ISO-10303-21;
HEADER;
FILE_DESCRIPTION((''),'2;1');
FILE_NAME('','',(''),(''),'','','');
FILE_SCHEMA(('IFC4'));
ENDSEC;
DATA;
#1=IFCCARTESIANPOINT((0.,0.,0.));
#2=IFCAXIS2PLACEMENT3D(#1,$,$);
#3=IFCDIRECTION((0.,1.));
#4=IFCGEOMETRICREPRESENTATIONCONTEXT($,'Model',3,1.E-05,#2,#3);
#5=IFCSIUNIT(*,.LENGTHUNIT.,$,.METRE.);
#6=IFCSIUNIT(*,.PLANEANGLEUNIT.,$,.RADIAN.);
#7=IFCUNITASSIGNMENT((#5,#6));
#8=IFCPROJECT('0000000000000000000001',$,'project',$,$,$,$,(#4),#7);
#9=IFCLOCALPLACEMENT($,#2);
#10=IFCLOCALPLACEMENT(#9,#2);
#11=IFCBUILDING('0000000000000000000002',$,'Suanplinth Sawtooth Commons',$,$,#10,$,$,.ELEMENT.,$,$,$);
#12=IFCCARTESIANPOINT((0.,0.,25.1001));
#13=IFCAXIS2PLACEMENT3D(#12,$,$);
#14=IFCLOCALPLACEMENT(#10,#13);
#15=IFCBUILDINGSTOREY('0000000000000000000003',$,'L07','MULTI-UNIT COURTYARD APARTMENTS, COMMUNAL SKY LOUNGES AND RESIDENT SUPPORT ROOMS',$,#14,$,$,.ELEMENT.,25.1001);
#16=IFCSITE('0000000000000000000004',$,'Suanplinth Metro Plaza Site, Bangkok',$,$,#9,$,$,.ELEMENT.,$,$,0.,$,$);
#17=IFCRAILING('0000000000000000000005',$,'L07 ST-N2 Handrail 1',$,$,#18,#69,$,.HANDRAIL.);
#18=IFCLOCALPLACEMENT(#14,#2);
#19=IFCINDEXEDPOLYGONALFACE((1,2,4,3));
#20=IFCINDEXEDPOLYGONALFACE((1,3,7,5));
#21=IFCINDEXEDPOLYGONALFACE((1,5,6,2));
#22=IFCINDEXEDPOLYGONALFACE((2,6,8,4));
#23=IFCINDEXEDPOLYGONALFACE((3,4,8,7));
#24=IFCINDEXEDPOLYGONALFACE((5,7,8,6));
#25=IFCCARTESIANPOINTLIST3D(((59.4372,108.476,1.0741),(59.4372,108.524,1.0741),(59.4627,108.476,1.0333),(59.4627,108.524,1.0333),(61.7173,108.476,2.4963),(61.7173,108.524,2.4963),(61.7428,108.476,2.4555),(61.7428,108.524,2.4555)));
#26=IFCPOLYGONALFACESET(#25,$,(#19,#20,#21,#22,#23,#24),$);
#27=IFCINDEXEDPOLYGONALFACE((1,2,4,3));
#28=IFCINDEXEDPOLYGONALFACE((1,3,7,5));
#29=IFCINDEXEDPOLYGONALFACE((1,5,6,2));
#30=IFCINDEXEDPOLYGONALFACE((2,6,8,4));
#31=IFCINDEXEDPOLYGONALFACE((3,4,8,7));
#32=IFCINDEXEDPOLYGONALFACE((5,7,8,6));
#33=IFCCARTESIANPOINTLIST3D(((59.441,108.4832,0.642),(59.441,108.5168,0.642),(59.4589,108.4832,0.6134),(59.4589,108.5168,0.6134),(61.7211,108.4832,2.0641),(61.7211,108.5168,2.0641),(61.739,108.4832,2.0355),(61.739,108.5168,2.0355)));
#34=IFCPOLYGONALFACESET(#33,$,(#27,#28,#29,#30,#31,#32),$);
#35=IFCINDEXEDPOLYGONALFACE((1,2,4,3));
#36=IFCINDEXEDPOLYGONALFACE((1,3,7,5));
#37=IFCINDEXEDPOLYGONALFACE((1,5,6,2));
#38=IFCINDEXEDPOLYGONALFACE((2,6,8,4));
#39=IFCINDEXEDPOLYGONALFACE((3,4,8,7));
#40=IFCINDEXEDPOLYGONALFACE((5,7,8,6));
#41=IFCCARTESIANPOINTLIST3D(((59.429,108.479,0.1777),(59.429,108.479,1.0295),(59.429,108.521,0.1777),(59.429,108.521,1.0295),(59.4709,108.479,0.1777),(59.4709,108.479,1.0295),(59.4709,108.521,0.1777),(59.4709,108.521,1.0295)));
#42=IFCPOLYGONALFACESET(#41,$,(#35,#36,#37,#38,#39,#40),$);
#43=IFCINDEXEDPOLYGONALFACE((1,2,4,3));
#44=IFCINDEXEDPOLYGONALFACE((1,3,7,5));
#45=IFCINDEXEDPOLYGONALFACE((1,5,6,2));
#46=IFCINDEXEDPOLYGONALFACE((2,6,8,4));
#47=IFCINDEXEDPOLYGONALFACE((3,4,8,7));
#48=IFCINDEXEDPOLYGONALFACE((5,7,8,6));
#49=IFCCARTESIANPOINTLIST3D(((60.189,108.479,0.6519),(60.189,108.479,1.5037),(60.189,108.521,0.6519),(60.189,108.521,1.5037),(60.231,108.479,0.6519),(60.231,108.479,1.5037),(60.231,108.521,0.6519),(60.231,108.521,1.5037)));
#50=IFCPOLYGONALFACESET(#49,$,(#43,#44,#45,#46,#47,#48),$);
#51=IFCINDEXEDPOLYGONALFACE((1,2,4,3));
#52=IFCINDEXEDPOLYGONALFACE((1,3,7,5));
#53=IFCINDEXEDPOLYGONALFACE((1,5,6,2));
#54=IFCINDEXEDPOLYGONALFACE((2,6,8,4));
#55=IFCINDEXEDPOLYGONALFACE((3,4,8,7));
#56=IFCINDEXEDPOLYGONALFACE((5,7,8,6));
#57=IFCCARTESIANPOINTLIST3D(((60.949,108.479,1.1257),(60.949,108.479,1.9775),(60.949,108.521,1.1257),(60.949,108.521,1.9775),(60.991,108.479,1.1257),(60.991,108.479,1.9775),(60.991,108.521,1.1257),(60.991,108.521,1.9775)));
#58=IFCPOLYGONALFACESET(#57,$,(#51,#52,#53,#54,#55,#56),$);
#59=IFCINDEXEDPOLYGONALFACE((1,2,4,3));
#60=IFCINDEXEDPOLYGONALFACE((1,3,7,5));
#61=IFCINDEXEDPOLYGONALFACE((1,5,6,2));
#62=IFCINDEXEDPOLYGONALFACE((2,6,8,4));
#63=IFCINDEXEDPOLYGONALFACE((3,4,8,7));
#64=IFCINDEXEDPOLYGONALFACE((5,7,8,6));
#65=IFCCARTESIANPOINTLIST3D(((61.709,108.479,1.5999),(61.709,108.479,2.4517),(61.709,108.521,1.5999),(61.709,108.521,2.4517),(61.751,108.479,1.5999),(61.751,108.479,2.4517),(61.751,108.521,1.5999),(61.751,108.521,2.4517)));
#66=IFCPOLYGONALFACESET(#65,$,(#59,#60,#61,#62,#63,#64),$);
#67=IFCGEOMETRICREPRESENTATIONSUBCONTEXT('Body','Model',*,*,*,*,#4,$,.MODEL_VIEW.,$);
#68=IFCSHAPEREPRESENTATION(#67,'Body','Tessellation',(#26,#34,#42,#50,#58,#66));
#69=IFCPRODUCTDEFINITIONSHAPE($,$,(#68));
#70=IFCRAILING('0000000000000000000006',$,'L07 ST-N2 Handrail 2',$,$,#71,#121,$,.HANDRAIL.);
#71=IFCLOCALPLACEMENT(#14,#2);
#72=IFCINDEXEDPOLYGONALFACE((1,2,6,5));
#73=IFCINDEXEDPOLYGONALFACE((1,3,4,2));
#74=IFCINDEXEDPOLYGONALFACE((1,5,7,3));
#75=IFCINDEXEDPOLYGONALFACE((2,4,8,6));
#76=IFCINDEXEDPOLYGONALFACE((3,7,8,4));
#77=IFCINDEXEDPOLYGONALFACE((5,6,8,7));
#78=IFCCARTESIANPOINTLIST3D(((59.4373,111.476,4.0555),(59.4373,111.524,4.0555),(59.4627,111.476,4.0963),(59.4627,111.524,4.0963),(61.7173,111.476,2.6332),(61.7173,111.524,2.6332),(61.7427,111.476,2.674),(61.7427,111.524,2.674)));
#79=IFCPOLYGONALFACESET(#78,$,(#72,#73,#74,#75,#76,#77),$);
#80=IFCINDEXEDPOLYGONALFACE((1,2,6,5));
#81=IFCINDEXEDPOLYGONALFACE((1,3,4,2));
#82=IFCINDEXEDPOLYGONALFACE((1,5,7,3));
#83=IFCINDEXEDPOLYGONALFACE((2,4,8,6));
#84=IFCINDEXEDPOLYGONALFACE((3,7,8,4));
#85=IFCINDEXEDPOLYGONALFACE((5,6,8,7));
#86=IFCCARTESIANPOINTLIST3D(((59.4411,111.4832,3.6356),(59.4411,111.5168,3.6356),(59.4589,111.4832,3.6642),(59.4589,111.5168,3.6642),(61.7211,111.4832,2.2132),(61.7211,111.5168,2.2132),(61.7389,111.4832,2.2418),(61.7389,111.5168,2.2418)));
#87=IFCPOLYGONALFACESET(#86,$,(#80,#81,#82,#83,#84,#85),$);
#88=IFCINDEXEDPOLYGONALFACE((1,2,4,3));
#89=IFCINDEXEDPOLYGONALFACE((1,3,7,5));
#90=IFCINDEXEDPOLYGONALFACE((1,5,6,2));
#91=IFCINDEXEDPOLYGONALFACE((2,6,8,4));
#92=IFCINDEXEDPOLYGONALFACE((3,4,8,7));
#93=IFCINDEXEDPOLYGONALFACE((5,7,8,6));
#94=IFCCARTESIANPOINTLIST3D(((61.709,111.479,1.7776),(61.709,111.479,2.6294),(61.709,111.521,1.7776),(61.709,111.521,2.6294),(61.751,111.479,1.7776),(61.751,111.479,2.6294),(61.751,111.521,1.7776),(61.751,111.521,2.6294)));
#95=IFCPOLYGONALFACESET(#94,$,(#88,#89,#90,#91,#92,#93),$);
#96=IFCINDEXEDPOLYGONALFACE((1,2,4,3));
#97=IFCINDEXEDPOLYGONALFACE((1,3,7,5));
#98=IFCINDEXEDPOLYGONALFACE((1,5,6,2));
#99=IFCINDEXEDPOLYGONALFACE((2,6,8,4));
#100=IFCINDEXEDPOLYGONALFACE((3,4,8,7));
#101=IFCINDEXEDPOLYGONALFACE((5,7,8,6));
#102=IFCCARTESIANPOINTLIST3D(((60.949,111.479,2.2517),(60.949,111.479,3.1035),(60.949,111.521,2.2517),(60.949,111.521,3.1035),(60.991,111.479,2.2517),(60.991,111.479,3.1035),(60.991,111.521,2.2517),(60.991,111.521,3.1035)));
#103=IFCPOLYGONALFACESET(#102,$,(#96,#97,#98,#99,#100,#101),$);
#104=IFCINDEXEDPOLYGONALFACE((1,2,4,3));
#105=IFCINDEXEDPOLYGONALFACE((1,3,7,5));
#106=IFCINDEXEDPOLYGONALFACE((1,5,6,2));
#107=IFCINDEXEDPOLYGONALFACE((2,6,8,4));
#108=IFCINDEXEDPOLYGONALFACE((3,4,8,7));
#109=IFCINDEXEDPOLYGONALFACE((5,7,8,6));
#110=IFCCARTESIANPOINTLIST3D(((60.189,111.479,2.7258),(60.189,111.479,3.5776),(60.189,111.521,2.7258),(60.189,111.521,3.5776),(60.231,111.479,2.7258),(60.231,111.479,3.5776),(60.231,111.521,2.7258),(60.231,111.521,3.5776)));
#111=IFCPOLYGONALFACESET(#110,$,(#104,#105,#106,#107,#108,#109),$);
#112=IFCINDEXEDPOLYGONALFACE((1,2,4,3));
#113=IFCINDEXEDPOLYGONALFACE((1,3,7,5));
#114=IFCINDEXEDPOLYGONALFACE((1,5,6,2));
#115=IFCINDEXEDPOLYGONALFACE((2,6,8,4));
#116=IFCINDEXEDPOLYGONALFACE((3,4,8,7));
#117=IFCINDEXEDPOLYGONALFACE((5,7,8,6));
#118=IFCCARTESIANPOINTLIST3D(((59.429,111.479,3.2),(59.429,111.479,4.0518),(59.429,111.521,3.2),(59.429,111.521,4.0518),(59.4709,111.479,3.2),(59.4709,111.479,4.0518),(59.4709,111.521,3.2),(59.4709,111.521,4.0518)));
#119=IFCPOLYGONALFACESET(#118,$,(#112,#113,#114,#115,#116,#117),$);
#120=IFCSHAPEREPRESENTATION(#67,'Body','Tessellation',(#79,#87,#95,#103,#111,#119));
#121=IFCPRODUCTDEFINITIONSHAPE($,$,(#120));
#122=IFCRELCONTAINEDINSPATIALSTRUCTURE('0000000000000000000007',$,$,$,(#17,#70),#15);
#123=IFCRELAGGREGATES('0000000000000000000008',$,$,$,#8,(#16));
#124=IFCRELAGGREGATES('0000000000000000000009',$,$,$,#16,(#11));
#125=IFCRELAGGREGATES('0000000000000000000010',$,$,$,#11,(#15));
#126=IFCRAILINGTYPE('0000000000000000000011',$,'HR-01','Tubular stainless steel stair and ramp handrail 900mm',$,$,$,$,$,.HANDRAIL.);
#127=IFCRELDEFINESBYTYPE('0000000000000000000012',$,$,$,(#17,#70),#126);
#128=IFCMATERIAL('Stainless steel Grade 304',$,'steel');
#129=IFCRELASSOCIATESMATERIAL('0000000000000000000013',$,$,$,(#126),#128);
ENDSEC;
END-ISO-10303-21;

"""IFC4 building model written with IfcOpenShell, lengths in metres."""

from ifc_helpers import new_model, si_unit, direction, frame, origin, origin_2d, place, context, subcontext, project, spatial, rectangle, extrude, material, type_object, element, save


model = new_model("IFC4")

# Units and contexts
model_context = context("Model", 3, precision=1e-05, world=origin(), true_north=direction((0.0, 1.0)))
body_context = subcontext(model_context, "Body", "Model", "MODEL_VIEW")
ifc_project = project(units=[si_unit("LENGTHUNIT", "METRE"), si_unit("PLANEANGLEUNIT", "RADIAN")], contexts=[model_context])

# Site, building, storey
site_placement = place(None, origin())
site = spatial("IfcSite", under=ifc_project, at=site_placement, Name="Suanplinth Metro Plaza Site, Bangkok", CompositionType="ELEMENT", RefElevation=0.0)
building_placement = place(site_placement, origin())
building = spatial("IfcBuilding", under=site, at=building_placement, Name="Suanplinth Sawtooth Commons", CompositionType="ELEMENT")
storey_placement = place(building_placement, frame((0.0, 0.0, 25.1001)))
storey = spatial("IfcBuildingStorey", under=building, at=storey_placement, Name="L07", Description="MULTI-UNIT COURTYARD APARTMENTS, COMMUNAL SKY LOUNGES AND RESIDENT SUPPORT ROOMS", CompositionType="ELEMENT", Elevation=25.1001)

# Shared definitions
ifc_material_1 = material(Name="Stainless steel Grade 304", Category="steel")

# Railings
railing_type_1 = type_object("IfcRailingType", Name="HR-01", Description="Tubular stainless steel stair and ramp handrail 900mm", PredefinedType="HANDRAIL", material=ifc_material_1)
railing_1_placement = place(storey_placement, frame((59.45, 108.5, 0.1777)))
element("IfcRailing", 1, at=railing_1_placement, inside=storey, type_object=railing_type_1, Name="L07 ST-N2 Handrail 1", PredefinedType="HANDRAIL", context=body_context, shape_type="SweptSolid", body=[
    extrude(rectangle(XDim=0.0481, YDim=0.0481, at=origin_2d()), frame((0.0, 0.0, 0.876), z_axis=(0.848483, 0.0, 0.529223), x_axis=(0.0, 1.0, 0.0)), (0.0, 0.0, 1.0), 2.6873),
    extrude(rectangle(XDim=0.0337, YDim=0.0337, at=origin_2d()), frame((0.0, 0.0, 0.45), z_axis=(0.848483, 0.0, 0.529223), x_axis=(0.0, 1.0, 0.0)), (0.0, 0.0, 1.0), 2.6873),
    extrude(rectangle(XDim=0.042, YDim=0.042, at=origin_2d()), origin(), (0.0, 0.0, 1.0), 0.8518),
    extrude(rectangle(XDim=0.042, YDim=0.042, at=origin_2d()), frame((0.76, 0.0, 0.4741)), (0.0, 0.0, 1.0), 0.8518),
    extrude(rectangle(XDim=0.042, YDim=0.042, at=origin_2d()), frame((1.52, 0.0, 0.948)), (0.0, 0.0, 1.0), 0.8518),
    extrude(rectangle(XDim=0.042, YDim=0.042, at=origin_2d()), frame((2.28, 0.0, 1.4221)), (0.0, 0.0, 1.0), 0.8518),
])
railing_2_placement = place(storey_placement, frame((61.73, 111.5, 1.7776)))
element("IfcRailing", 2, at=railing_2_placement, inside=storey, type_object=railing_type_1, Name="L07 ST-N2 Handrail 2", PredefinedType="HANDRAIL", context=body_context, shape_type="SweptSolid", body=[
    extrude(rectangle(XDim=0.0481, YDim=0.0481, at=origin_2d()), frame((0.0, 0.0, 0.876), z_axis=(-0.848442, 0.0, 0.529288), x_axis=(0.0, -1.0, 0.0)), (0.0, 0.0, 1.0), 2.6873),
    extrude(rectangle(XDim=0.0337, YDim=0.0337, at=origin_2d()), frame((0.0, 0.0, 0.45), z_axis=(-0.848442, 0.0, 0.529288), x_axis=(0.0, -1.0, 0.0)), (0.0, 0.0, 1.0), 2.6873),
    extrude(rectangle(XDim=0.042, YDim=0.042, at=origin_2d()), origin(), (0.0, 0.0, 1.0), 0.8518),
    extrude(rectangle(XDim=0.042, YDim=0.042, at=origin_2d()), frame((-0.76, 0.0, 0.4741)), (0.0, 0.0, 1.0), 0.8518),
    extrude(rectangle(XDim=0.042, YDim=0.042, at=origin_2d()), frame((-1.52, 0.0, 0.9482)), (0.0, 0.0, 1.0), 0.8518),
    extrude(rectangle(XDim=0.042, YDim=0.042, at=origin_2d()), frame((-2.28, 0.0, 1.4224)), (0.0, 0.0, 1.0), 0.8518),
])

save(model, "model.ifc")
